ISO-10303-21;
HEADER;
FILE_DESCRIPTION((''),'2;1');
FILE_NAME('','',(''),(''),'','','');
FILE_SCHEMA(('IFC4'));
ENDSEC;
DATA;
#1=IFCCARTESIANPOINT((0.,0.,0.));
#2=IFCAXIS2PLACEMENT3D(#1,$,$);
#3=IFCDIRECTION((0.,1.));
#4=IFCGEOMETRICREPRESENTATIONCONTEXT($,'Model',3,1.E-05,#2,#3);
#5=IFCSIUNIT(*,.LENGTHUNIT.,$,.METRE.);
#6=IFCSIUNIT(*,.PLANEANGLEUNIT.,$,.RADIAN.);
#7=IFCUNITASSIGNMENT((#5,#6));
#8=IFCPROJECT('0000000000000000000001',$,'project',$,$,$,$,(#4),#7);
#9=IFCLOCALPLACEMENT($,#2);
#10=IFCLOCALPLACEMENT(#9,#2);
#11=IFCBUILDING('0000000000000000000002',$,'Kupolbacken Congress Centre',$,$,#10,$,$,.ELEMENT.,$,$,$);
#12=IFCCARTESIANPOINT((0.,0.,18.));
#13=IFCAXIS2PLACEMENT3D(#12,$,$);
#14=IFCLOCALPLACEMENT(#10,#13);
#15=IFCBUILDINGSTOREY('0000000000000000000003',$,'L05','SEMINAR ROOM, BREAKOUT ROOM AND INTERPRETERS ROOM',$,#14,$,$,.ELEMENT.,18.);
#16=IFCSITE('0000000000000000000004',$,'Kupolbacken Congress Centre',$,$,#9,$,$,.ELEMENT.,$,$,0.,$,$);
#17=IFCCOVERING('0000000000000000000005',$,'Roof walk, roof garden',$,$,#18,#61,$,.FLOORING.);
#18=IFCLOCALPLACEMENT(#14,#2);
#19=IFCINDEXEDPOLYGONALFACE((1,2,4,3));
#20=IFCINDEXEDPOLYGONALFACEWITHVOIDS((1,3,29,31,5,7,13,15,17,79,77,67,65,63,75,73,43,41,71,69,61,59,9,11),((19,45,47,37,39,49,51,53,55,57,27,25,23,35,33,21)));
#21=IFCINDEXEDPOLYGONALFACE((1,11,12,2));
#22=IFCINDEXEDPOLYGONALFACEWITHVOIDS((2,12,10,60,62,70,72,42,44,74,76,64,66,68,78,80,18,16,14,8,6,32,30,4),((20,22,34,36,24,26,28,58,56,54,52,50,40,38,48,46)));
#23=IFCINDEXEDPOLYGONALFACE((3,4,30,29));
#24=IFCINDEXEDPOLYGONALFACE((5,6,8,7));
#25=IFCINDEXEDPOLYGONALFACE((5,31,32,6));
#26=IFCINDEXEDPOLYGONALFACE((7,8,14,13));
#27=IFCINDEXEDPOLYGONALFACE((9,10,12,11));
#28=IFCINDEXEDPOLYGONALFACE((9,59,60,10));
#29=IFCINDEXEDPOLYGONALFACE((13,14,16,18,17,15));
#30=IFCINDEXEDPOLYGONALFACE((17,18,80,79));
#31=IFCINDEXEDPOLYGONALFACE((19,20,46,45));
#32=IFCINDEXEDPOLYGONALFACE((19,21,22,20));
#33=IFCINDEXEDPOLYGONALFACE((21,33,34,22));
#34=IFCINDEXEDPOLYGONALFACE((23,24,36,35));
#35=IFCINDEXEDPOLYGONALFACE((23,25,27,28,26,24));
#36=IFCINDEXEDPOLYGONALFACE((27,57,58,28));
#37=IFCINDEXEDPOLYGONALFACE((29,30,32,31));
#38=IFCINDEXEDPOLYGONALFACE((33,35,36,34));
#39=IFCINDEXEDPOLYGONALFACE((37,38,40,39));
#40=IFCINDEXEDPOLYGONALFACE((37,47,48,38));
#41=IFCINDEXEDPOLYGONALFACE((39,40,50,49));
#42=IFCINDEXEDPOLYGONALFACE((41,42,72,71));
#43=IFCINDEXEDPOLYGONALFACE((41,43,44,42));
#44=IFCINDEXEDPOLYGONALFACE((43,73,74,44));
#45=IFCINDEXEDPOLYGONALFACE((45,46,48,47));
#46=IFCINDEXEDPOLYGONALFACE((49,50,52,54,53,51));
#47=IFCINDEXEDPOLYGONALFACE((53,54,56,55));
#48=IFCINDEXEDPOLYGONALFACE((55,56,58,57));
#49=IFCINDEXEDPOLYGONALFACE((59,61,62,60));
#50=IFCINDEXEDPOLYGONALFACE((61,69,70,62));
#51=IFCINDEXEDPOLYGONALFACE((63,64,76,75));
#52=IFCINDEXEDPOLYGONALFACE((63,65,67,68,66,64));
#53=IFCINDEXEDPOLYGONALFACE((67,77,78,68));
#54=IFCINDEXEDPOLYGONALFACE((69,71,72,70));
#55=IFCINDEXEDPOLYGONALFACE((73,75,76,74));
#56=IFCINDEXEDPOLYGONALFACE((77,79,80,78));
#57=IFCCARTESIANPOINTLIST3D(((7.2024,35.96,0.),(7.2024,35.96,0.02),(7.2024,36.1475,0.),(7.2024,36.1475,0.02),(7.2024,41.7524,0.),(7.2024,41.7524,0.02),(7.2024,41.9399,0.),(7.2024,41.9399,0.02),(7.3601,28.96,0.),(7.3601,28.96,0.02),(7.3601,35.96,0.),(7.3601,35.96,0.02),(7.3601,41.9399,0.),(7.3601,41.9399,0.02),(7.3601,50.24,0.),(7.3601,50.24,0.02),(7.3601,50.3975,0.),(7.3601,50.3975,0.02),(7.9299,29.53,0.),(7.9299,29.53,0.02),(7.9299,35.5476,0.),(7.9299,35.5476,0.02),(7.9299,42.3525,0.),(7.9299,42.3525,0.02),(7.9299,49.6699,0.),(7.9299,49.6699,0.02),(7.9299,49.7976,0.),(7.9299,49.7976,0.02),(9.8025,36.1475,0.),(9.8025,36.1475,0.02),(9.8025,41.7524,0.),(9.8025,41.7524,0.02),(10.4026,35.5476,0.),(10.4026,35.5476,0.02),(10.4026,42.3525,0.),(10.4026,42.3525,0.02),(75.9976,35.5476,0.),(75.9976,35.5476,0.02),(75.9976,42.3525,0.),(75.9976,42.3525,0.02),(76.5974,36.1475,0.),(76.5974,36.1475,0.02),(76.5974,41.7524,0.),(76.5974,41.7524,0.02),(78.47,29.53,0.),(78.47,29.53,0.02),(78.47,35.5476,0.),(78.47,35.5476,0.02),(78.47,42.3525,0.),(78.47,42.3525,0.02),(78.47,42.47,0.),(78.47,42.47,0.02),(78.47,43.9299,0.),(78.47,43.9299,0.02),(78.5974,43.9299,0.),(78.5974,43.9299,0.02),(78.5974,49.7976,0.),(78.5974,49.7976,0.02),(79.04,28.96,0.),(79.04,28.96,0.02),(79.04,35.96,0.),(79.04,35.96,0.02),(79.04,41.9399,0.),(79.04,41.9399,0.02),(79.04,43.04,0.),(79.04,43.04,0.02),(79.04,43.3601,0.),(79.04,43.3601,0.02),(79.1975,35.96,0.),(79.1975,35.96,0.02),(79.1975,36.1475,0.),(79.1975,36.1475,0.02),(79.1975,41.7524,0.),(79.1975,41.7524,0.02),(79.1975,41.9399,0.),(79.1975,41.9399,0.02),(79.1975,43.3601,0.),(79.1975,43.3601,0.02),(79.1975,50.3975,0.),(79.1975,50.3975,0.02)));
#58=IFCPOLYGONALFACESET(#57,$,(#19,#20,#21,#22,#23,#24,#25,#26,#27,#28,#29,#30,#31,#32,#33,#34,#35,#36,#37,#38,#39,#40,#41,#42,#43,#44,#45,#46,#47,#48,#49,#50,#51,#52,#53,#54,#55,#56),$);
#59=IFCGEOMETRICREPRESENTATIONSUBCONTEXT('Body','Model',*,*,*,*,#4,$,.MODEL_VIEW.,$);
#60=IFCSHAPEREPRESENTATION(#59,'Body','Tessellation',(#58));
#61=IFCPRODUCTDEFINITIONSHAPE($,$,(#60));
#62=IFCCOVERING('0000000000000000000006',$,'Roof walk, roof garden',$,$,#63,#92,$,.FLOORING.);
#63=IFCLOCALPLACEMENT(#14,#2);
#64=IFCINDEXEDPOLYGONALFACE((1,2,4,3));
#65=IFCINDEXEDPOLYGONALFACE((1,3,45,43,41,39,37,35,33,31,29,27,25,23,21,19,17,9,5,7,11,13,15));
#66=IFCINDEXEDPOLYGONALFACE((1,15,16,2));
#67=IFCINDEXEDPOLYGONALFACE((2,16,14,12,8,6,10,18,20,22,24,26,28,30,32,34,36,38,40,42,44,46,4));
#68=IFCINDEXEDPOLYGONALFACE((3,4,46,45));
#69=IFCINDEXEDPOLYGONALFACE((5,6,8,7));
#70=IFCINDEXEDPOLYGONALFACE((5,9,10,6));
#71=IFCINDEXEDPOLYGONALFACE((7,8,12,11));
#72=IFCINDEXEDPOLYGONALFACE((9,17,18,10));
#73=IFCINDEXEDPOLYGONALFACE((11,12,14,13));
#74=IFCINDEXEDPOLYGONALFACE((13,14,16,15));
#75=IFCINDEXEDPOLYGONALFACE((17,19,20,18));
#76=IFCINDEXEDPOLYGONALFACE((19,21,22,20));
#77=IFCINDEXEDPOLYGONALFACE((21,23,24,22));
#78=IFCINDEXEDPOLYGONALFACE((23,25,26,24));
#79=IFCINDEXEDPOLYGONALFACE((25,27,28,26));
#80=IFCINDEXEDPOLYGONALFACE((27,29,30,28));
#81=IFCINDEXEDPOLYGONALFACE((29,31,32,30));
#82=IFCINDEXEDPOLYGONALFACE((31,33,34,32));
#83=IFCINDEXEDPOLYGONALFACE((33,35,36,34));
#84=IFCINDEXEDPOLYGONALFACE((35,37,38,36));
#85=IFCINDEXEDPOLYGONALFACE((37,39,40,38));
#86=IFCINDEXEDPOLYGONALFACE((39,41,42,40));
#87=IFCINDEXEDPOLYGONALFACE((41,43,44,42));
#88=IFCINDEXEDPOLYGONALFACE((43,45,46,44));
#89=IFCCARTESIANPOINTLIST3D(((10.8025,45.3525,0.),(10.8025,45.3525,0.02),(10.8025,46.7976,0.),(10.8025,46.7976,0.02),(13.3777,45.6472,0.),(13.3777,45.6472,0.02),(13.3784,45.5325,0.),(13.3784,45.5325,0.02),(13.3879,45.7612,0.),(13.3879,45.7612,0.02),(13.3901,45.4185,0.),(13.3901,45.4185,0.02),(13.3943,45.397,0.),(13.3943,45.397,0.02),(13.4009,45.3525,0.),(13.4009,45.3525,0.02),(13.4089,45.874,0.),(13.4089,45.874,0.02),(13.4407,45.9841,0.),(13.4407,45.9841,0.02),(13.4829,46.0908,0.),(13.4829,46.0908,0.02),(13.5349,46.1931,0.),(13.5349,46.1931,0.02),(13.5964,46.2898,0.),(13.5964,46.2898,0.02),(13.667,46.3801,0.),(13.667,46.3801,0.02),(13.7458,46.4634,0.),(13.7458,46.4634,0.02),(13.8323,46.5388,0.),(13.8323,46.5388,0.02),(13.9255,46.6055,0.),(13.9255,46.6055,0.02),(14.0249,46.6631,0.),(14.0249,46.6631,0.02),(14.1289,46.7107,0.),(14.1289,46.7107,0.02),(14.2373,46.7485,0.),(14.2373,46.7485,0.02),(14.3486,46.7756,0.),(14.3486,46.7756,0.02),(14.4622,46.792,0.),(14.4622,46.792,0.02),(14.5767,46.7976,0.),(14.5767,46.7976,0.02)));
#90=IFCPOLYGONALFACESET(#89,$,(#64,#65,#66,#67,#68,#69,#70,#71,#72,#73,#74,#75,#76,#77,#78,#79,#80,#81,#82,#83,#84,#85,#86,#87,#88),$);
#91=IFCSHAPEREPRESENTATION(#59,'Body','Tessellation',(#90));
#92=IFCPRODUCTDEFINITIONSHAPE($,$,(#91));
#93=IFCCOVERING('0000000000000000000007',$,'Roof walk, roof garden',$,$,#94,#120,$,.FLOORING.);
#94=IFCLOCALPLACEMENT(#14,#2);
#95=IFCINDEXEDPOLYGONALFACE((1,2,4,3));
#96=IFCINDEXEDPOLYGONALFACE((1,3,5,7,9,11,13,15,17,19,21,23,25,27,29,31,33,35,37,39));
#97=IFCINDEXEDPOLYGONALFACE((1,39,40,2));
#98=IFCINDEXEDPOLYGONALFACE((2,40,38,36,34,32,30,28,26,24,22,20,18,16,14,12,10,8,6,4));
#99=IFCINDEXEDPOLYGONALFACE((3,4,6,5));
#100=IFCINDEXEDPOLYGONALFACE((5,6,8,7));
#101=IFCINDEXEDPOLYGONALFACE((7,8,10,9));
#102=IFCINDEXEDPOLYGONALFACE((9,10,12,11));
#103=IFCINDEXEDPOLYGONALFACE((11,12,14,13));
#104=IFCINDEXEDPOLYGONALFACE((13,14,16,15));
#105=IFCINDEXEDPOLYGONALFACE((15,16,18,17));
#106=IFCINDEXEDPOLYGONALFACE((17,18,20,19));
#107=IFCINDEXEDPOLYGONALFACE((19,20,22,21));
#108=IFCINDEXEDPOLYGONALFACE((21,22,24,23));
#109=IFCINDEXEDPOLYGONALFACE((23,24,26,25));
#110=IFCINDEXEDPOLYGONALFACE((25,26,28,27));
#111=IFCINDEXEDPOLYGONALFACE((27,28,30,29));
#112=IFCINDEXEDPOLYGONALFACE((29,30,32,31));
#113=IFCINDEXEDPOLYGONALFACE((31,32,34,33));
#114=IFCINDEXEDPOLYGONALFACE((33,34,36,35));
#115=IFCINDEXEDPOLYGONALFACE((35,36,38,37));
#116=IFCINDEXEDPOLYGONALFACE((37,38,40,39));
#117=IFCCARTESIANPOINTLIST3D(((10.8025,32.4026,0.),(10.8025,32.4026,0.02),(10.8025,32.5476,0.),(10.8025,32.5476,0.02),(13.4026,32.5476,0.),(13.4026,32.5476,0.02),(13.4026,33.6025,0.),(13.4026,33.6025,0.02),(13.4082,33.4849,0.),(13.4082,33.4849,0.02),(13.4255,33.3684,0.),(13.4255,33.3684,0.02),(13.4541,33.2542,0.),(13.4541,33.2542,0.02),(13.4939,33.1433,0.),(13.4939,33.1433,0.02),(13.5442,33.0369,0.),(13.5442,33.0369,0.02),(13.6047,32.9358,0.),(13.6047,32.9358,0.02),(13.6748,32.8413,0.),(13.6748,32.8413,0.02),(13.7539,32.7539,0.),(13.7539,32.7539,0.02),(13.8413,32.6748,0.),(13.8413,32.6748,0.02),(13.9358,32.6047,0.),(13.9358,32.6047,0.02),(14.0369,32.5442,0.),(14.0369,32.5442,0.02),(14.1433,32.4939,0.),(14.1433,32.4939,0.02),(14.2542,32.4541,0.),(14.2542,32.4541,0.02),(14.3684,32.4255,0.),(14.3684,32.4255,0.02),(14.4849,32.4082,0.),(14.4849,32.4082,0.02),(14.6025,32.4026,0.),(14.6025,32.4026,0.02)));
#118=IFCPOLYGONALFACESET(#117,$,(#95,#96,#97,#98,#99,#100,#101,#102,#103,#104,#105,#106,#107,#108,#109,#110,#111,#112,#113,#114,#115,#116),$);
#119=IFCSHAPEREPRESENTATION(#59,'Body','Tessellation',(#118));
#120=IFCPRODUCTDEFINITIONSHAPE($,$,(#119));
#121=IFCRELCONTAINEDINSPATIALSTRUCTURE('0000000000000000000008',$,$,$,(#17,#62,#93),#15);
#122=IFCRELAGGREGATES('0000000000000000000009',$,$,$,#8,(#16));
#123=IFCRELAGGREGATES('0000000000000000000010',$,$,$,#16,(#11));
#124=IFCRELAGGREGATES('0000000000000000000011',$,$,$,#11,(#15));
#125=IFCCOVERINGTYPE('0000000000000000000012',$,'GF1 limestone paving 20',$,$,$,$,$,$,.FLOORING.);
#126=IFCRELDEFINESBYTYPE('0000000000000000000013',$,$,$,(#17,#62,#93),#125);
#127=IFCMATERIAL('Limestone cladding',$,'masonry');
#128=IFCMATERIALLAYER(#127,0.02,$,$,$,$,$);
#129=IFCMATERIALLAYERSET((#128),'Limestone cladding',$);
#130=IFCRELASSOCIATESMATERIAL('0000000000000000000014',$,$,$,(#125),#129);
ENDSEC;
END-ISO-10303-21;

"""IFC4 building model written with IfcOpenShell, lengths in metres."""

from ifc_helpers import new_model, si_unit, direction, frame, origin, place, context, subcontext, project, spatial, polyline, outline, extrude, material, layer, layer_set, type_object, element, save


model = new_model("IFC4")

# Units and contexts
model_context = context("Model", 3, precision=1e-05, world=origin(), true_north=direction((0.0, 1.0)))
body_context = subcontext(model_context, "Body", "Model", "MODEL_VIEW")
ifc_project = project(units=[si_unit("LENGTHUNIT", "METRE"), si_unit("PLANEANGLEUNIT", "RADIAN")], contexts=[model_context])

# Site, building, storey
site_placement = place(None, origin())
site = spatial("IfcSite", under=ifc_project, at=site_placement, Name="Kupolbacken Congress Centre", CompositionType="ELEMENT", RefElevation=0.0)
building_placement = place(site_placement, origin())
building = spatial("IfcBuilding", under=site, at=building_placement, Name="Kupolbacken Congress Centre", CompositionType="ELEMENT")
storey_placement = place(building_placement, frame((0.0, 0.0, 18.0)))
storey = spatial("IfcBuildingStorey", under=building, at=storey_placement, Name="L05", Description="SEMINAR ROOM, BREAKOUT ROOM AND INTERPRETERS ROOM", CompositionType="ELEMENT", Elevation=18.0)

# Coverings
ifc_material_1 = material(Name="Limestone cladding", Category="masonry")
ifc_layer_1 = layer(ifc_material_1, 0.02)
ifc_layer_set_1 = layer_set([ifc_layer_1], Name="Limestone cladding")
covering_type_1 = type_object("IfcCoveringType", Name="GF1 limestone paving 20", PredefinedType="FLOORING", material=ifc_layer_set_1)
covering_1_placement = place(storey_placement, origin())
element("IfcCovering", 1, at=covering_1_placement, inside=storey, type_object=covering_type_1, Name="Roof walk, roof garden", PredefinedType="FLOORING", context=body_context, shape_type="SweptSolid", body=[
    extrude(outline(polyline([(9.8025, 41.7524), (7.2024, 41.7524), (7.2024, 41.9399), (7.3601, 41.9399), (7.3601, 50.24), (7.3601, 50.3975), (79.1975, 50.3975), (79.1975, 43.3601), (79.04, 43.3601), (79.04, 43.04), (79.04, 43.04), (79.04, 41.9399), (79.1975, 41.9399), (79.1975, 41.7524), (76.5974, 41.7524), (76.5974, 36.1475), (79.1975, 36.1475), (79.1975, 35.96), (79.04, 35.96), (79.04, 28.96), (7.3601, 28.96), (7.3601, 35.96), (7.2024, 35.96), (7.2024, 36.1475), (9.8025, 36.1475), (9.8025, 41.7524)]), holes=[polyline([(10.4026, 42.3525), (10.4026, 35.5476), (7.9299, 35.5476), (7.9299, 29.53), (78.47, 29.53), (78.47, 35.5476), (75.9976, 35.5476), (75.9976, 42.3525), (78.47, 42.3525), (78.47, 42.47), (78.47, 42.47), (78.47, 43.9299), (78.5974, 43.9299), (78.5974, 49.7976), (7.9299, 49.7976), (7.9299, 49.6699), (7.9299, 42.3525), (10.4026, 42.3525)])]), origin(), (0.0, 0.0, 1.0), 0.02),
])
covering_2_placement = place(storey_placement, origin())
element("IfcCovering", 2, at=covering_2_placement, inside=storey, type_object=covering_type_1, Name="Roof walk, roof garden", PredefinedType="FLOORING", context=body_context, shape_type="SweptSolid", body=[
    extrude(outline(polyline([(13.3943, 45.397), (13.4009, 45.3525), (10.8025, 45.3525), (10.8025, 46.7976), (14.5767, 46.7976), (14.4622, 46.792), (14.3486, 46.7756), (14.2373, 46.7485), (14.1289, 46.7107), (14.0249, 46.6631), (13.9255, 46.6055), (13.8323, 46.5388), (13.7458, 46.4634), (13.667, 46.3801), (13.5964, 46.2898), (13.5349, 46.1931), (13.4829, 46.0908), (13.4407, 45.9841), (13.4089, 45.874), (13.3879, 45.7612), (13.3777, 45.6472), (13.3784, 45.5325), (13.3901, 45.4185), (13.3943, 45.397)])), origin(), (0.0, 0.0, 1.0), 0.02),
])
covering_3_placement = place(storey_placement, origin())
element("IfcCovering", 3, at=covering_3_placement, inside=storey, type_object=covering_type_1, Name="Roof walk, roof garden", PredefinedType="FLOORING", context=body_context, shape_type="SweptSolid", body=[
    extrude(outline(polyline([(13.4082, 33.4849), (13.4255, 33.3684), (13.4541, 33.2542), (13.4939, 33.1433), (13.5442, 33.0369), (13.6047, 32.9358), (13.6748, 32.8413), (13.7539, 32.7539), (13.8413, 32.6748), (13.9358, 32.6047), (14.0369, 32.5442), (14.1433, 32.4939), (14.2542, 32.4541), (14.3684, 32.4255), (14.4849, 32.4082), (14.6025, 32.4026), (10.8025, 32.4026), (10.8025, 32.5476), (13.4026, 32.5476), (13.4026, 33.6025), (13.4082, 33.4849)])), origin(), (0.0, 0.0, 1.0), 0.02),
])

save(model, "model.ifc")
